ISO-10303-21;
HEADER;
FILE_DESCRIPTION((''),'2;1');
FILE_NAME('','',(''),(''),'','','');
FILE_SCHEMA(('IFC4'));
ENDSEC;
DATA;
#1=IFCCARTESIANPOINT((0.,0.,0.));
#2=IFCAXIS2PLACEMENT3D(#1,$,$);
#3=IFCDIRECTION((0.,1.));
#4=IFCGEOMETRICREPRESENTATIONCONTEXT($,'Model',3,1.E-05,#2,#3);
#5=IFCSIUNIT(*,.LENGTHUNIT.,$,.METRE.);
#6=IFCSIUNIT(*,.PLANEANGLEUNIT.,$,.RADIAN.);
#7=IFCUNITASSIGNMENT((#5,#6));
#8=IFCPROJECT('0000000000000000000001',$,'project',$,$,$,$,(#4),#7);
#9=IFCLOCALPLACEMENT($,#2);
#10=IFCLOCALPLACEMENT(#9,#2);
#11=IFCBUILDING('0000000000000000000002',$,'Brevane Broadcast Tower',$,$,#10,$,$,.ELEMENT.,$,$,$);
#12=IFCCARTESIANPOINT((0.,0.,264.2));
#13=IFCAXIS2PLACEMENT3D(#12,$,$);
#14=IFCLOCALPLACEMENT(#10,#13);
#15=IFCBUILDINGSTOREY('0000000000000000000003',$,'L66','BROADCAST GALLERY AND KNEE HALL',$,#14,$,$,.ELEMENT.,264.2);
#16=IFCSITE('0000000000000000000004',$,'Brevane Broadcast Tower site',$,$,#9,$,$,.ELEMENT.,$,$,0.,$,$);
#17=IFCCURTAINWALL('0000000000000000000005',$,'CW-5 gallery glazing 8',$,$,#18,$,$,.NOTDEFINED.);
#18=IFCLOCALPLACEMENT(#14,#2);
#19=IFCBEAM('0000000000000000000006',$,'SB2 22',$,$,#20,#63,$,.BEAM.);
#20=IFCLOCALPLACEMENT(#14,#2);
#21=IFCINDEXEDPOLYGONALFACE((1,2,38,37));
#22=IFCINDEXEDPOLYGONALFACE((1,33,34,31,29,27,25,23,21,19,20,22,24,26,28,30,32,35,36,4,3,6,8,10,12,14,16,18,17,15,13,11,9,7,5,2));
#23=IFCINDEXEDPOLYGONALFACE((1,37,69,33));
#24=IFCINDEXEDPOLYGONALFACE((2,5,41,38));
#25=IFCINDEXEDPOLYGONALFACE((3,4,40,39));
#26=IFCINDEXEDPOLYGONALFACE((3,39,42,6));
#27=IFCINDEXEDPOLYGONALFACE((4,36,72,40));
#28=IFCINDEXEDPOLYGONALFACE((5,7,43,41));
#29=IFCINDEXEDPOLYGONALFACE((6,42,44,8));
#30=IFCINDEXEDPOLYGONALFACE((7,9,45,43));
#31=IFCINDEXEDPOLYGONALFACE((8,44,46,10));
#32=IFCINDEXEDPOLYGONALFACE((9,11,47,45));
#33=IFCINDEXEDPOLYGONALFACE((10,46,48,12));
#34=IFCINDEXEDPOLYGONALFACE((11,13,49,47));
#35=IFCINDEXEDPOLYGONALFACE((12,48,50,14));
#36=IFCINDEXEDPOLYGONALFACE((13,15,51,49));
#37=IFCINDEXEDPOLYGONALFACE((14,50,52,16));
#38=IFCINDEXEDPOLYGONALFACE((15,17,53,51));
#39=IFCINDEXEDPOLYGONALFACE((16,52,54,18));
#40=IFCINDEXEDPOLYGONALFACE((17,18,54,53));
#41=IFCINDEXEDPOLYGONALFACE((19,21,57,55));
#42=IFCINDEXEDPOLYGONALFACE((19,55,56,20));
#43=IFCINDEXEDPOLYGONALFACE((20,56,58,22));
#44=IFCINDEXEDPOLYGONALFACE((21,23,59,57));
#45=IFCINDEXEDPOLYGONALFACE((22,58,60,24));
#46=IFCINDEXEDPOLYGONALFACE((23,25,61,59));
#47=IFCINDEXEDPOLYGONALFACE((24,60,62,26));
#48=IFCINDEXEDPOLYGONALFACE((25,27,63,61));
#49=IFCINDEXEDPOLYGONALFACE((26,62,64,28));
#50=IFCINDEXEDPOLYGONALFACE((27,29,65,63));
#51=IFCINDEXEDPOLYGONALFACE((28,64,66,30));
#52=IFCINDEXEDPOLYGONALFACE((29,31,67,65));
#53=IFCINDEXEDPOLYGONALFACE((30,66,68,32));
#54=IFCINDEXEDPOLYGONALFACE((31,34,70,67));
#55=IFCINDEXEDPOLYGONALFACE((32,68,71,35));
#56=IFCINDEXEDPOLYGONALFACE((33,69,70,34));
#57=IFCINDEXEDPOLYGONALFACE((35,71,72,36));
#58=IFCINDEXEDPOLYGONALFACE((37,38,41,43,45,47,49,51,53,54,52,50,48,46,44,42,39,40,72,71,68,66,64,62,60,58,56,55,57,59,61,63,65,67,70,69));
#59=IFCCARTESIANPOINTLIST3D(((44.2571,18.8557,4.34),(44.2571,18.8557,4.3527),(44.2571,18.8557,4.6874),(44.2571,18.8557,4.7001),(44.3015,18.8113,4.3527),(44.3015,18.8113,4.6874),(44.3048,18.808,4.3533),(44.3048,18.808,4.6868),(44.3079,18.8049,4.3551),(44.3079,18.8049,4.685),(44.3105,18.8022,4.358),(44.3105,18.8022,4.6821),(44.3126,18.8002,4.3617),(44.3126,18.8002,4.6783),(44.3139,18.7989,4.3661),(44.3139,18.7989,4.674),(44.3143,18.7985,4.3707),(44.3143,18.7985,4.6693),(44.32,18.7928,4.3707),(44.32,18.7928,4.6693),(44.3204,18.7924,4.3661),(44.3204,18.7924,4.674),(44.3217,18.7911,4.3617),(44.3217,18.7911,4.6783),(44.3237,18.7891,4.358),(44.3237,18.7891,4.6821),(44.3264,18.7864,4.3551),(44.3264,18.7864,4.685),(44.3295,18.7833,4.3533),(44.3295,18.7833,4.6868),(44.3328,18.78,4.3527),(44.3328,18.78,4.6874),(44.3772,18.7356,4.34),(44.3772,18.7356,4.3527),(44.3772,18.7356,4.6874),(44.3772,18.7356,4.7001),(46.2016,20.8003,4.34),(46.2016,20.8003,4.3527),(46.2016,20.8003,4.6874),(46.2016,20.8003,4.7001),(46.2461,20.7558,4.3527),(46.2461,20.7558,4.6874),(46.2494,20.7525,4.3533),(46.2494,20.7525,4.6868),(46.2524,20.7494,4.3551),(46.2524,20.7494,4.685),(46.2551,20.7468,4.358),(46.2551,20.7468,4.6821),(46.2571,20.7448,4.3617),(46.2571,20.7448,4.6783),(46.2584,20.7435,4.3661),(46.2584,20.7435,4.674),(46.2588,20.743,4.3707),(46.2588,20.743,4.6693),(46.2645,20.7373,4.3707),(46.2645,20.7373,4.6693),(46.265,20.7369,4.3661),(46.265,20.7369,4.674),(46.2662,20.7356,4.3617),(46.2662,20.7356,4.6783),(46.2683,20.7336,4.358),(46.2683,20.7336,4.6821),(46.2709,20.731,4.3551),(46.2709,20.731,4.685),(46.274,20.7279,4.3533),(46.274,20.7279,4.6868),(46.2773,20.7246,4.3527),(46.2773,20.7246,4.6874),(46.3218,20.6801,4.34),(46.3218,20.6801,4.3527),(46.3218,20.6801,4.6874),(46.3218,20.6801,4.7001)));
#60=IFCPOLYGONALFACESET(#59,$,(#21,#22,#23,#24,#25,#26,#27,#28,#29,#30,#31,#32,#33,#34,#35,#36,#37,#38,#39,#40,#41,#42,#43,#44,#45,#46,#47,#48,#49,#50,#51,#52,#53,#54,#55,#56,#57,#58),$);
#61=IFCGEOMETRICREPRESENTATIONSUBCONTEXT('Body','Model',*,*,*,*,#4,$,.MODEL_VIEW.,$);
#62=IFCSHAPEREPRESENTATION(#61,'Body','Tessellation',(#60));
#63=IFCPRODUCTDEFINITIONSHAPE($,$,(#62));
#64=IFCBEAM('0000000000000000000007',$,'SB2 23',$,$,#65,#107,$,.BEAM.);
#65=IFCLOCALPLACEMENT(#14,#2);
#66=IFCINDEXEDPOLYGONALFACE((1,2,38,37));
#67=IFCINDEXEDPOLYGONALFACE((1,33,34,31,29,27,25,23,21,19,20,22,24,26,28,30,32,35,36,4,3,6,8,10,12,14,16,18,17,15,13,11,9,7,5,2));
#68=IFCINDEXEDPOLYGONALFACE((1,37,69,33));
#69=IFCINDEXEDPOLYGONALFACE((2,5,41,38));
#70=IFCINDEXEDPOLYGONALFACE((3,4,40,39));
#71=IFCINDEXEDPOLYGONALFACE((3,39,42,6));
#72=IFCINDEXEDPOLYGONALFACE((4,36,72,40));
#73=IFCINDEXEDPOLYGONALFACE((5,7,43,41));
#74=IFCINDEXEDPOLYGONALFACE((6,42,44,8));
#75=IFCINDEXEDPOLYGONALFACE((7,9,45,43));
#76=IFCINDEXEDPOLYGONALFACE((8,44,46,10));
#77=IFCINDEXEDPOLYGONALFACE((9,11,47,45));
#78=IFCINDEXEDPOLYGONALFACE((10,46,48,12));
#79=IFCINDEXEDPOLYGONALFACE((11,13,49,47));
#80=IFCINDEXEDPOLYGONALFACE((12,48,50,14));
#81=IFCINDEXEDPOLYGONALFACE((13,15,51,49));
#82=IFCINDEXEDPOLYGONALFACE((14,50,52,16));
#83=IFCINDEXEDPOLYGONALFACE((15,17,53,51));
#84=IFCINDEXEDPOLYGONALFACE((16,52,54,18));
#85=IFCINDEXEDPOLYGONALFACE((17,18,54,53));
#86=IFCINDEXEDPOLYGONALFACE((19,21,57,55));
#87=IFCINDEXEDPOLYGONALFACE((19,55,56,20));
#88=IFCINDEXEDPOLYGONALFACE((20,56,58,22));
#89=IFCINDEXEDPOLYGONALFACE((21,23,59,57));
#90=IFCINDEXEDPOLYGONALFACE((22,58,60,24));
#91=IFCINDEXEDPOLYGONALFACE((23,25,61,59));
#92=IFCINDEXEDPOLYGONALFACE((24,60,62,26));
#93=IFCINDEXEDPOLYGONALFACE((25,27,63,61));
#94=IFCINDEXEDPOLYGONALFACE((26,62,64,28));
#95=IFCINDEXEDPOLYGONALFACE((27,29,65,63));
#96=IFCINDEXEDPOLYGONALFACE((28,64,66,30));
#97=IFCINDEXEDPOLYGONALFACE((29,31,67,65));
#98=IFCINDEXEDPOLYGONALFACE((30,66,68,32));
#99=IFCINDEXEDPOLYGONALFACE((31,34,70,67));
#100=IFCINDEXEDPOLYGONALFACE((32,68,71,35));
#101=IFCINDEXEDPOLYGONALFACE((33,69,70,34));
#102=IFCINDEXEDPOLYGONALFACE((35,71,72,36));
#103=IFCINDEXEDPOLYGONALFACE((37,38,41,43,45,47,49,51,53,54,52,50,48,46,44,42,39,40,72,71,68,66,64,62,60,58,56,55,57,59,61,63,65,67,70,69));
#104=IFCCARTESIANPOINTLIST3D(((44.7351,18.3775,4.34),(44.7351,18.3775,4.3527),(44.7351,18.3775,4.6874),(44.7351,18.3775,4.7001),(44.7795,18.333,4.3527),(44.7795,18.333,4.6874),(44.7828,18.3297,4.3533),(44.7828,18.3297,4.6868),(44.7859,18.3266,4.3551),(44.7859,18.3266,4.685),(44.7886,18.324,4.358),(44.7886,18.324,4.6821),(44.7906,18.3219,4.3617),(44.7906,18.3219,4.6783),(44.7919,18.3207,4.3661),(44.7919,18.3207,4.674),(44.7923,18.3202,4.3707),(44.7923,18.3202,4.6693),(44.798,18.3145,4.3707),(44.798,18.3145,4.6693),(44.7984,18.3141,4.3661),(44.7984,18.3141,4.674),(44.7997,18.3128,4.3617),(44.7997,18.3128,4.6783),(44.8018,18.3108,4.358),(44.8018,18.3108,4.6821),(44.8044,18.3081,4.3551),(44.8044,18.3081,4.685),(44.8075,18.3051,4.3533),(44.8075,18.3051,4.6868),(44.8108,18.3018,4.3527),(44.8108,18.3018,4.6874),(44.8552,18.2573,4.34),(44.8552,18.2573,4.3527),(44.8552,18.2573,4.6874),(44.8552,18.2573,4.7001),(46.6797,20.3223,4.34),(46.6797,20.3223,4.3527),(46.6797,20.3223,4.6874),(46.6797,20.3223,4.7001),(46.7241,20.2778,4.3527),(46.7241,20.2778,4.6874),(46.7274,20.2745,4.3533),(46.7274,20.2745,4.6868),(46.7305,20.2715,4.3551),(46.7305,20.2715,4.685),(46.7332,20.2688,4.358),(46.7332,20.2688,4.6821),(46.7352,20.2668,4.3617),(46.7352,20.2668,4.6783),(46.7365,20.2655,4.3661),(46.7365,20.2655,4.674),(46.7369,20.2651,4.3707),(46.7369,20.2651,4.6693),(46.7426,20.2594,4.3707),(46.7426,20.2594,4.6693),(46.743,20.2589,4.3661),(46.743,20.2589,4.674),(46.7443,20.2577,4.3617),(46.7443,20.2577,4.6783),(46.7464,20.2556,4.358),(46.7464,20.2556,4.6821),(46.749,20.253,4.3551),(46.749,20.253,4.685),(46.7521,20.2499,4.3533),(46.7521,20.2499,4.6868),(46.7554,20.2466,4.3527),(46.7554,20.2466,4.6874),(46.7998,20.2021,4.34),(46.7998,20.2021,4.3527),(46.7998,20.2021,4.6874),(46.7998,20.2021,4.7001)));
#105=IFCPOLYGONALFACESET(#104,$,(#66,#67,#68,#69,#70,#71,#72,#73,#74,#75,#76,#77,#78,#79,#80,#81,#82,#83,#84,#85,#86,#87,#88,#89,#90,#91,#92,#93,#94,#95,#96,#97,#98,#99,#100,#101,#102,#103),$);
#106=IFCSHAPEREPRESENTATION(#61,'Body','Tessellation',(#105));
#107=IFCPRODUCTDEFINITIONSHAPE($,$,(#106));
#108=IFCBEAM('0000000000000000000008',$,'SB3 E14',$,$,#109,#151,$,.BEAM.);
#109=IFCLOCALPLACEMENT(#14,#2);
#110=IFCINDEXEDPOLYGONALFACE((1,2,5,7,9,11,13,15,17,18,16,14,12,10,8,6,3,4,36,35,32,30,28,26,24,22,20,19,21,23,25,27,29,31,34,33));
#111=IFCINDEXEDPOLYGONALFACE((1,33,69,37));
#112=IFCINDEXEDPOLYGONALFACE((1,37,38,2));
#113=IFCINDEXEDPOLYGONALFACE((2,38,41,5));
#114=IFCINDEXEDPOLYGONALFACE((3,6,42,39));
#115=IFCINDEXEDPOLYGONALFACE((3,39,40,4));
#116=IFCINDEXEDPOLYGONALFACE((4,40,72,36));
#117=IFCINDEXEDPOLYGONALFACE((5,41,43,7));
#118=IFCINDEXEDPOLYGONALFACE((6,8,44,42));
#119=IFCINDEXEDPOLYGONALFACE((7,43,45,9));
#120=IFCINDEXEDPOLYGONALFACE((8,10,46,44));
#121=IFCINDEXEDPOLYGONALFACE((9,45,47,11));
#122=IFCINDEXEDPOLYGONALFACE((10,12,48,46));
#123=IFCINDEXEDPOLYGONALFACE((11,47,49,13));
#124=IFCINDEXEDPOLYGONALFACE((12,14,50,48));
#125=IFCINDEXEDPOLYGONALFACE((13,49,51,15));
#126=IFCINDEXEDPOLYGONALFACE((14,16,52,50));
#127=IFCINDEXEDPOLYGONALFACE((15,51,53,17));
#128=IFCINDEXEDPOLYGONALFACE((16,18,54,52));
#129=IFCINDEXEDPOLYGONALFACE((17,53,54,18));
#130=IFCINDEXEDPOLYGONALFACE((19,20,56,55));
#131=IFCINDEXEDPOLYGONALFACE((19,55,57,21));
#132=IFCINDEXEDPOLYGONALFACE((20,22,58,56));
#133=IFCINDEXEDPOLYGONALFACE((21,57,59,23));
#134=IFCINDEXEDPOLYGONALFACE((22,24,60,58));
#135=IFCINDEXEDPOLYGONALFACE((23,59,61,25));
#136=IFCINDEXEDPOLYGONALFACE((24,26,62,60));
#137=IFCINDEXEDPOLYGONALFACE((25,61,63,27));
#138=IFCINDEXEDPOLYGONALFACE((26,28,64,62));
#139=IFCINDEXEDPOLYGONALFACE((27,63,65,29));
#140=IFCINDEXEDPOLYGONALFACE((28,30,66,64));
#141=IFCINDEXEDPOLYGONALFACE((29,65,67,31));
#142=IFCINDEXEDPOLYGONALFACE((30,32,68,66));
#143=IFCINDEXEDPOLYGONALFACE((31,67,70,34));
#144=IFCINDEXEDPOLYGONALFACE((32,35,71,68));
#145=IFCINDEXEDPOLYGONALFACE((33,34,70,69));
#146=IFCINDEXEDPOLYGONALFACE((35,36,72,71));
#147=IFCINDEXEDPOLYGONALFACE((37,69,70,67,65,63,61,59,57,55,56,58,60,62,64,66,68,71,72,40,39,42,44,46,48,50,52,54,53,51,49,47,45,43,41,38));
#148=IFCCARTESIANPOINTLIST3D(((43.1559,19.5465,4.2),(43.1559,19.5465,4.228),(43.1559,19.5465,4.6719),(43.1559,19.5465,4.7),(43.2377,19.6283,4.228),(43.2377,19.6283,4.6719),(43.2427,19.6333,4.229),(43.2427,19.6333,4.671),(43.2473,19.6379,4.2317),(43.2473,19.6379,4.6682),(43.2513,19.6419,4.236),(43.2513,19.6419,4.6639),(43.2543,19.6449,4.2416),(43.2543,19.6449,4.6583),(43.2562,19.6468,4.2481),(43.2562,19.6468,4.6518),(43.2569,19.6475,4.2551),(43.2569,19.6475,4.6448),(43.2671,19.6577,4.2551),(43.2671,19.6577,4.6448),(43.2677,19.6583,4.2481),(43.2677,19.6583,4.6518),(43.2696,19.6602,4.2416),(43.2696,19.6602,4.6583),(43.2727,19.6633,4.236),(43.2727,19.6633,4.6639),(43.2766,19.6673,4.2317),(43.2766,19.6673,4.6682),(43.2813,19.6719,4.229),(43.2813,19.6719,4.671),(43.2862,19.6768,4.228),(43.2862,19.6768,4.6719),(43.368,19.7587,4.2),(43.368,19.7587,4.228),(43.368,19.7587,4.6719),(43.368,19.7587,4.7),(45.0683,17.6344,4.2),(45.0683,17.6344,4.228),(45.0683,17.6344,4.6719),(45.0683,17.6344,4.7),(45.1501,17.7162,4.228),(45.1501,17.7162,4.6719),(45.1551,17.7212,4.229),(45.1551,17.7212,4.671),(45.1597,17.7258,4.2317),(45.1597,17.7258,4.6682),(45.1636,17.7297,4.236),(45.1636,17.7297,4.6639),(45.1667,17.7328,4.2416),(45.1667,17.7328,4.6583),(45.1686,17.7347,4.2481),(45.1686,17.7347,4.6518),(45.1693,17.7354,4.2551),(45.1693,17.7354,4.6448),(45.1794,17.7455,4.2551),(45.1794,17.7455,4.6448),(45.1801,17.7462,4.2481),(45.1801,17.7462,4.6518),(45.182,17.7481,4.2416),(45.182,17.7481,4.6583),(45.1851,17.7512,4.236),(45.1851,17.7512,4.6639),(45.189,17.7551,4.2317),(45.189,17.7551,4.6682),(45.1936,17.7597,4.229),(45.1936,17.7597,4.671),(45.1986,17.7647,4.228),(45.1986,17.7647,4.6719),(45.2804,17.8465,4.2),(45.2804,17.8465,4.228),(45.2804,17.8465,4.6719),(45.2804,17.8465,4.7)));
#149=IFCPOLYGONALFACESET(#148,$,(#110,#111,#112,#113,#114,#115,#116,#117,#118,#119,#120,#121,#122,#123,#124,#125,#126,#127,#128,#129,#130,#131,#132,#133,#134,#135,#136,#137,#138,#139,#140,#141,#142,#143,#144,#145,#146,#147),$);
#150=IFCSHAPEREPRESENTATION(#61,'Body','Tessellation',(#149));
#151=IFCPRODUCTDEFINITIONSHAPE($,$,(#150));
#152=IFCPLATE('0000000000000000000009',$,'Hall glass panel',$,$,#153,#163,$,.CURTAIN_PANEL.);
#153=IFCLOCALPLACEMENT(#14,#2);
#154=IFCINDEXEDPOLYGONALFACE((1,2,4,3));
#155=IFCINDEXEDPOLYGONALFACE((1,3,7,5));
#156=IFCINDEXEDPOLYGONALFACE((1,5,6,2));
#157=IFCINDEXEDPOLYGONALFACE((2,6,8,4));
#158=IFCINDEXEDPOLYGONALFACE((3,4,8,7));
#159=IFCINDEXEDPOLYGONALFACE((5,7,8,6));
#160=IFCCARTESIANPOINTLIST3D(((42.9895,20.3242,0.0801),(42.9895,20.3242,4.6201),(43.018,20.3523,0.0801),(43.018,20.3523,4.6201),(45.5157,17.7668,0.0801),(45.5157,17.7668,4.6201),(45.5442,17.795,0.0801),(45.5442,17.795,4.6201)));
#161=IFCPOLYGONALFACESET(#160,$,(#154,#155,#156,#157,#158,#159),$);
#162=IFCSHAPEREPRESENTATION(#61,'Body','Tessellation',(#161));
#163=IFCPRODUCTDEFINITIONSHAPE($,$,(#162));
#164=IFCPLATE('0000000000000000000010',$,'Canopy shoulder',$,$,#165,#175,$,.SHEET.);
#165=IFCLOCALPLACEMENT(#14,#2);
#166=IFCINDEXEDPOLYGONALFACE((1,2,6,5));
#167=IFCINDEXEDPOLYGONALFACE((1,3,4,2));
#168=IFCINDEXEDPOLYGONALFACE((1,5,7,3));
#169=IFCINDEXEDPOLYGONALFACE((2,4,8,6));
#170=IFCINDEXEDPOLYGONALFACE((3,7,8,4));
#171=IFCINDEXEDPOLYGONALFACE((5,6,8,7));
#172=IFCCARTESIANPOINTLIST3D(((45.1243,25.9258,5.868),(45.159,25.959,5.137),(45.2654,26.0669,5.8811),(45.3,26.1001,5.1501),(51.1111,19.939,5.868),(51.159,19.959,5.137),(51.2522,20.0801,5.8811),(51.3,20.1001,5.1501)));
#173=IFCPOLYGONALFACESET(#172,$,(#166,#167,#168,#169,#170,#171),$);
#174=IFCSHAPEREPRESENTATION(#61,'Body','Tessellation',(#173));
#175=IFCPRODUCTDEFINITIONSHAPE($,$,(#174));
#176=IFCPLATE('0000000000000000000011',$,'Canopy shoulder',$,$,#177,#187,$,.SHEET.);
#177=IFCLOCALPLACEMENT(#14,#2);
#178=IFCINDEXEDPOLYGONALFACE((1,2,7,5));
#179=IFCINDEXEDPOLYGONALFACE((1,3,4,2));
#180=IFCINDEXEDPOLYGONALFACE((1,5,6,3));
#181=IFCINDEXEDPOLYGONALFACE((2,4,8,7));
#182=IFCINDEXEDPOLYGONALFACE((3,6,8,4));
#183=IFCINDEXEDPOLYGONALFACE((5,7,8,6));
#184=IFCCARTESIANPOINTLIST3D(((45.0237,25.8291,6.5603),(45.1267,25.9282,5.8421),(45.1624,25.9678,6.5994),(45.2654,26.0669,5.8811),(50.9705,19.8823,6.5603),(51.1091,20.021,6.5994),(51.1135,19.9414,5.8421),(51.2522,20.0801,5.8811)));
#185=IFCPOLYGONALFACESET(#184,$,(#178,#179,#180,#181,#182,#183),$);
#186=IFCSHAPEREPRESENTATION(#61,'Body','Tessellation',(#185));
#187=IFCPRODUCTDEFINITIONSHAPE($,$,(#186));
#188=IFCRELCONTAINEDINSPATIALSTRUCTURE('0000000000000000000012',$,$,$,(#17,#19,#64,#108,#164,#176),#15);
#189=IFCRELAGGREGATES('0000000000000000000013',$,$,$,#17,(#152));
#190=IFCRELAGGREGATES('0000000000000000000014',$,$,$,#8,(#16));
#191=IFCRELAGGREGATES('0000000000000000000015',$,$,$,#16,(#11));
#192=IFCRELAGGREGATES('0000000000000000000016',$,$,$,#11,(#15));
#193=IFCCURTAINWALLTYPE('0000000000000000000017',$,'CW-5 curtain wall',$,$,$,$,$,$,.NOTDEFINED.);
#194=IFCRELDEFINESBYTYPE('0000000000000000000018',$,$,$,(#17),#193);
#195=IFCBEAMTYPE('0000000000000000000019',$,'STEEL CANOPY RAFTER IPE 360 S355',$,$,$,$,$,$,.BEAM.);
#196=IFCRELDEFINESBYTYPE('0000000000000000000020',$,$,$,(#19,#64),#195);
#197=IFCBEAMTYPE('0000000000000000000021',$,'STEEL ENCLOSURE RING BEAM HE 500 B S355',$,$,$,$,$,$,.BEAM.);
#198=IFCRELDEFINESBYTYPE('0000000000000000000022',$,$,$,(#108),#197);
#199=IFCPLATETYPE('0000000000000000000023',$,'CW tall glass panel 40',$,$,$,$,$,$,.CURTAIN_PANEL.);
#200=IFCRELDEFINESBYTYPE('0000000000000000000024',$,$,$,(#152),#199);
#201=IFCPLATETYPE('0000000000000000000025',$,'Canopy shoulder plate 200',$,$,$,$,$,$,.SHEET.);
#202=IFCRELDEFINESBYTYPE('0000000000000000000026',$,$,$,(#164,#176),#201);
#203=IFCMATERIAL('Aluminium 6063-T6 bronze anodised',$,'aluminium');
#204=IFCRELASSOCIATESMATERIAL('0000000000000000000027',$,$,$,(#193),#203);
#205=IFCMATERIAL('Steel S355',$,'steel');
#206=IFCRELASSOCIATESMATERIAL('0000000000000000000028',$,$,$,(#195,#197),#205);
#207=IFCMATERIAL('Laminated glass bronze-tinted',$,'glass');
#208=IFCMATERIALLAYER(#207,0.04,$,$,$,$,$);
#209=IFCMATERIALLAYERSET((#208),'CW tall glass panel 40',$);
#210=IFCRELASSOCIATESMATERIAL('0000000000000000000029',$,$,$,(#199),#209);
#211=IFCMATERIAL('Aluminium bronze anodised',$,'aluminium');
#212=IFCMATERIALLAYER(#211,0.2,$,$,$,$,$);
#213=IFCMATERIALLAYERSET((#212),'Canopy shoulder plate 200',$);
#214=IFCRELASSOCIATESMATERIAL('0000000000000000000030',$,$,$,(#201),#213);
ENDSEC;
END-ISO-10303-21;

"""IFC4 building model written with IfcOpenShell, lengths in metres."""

from ifc_helpers import new_model, si_unit, direction, frame, origin, origin_2d, place, context, subcontext, project, spatial, polyline, rectangle, i_section, outline, extrude, material, layer, layer_set, material_profile, profile_set, type_object, element, aggregate, save


model = new_model("IFC4")

# Units and contexts
model_context = context("Model", 3, precision=1e-05, world=origin(), true_north=direction((0.0, 1.0)))
body_context = subcontext(model_context, "Body", "Model", "MODEL_VIEW")
ifc_project = project(units=[si_unit("LENGTHUNIT", "METRE"), si_unit("PLANEANGLEUNIT", "RADIAN")], contexts=[model_context])

# Site, building, storey
site_placement = place(None, origin())
site = spatial("IfcSite", under=ifc_project, at=site_placement, Name="Brevane Broadcast Tower site", CompositionType="ELEMENT", RefElevation=0.0)
building_placement = place(site_placement, origin())
building = spatial("IfcBuilding", under=site, at=building_placement, Name="Brevane Broadcast Tower", CompositionType="ELEMENT")
storey_placement = place(building_placement, frame((0.0, 0.0, 264.2)))
storey = spatial("IfcBuildingStorey", under=building, at=storey_placement, Name="L66", Description="BROADCAST GALLERY AND KNEE HALL", CompositionType="ELEMENT", Elevation=264.2)

# Shared definitions
ifc_material_1 = material(Name="Steel S355", Category="steel")

# Curtain wall
ifc_material_2 = material(Name="Aluminium 6063-T6 bronze anodised", Category="aluminium")
curtain_wall_type = type_object("IfcCurtainWallType", Name="CW-5 curtain wall", PredefinedType="NOTDEFINED", material=ifc_material_2)
curtain_wall_placement = place(storey_placement, origin())
curtain_wall = element("IfcCurtainWall", 1, at=curtain_wall_placement, inside=storey, type_object=curtain_wall_type, Name="CW-5 gallery glazing 8", PredefinedType="NOTDEFINED")

# Beams
ifc_material_profile_1 = material_profile(ifc_material_1, i_section(OverallWidth=0.1699, OverallDepth=0.3601, WebThickness=0.0081, FlangeThickness=0.0127, FilletRadius=0.0181, at=origin_2d()), Name="IPE 360")
ifc_profile_set_1 = profile_set([ifc_material_profile_1], Name="Steel S355")
beam_type_1 = type_object("IfcBeamType", Name="STEEL CANOPY RAFTER IPE 360 S355", PredefinedType="BEAM", material=ifc_profile_set_1)
for number, where, z_axis, x_axis, name in (
    (2, (44.3171, 18.7957, 4.52), (0.707107, 0.707107, 0.0), (-0.707107, 0.707107, 0.0), "SB2 22"),
):
    element("IfcBeam", number, at=place(storey_placement, frame(where, z_axis=z_axis, x_axis=x_axis)), inside=storey, type_object=beam_type_1, Name=name, PredefinedType="BEAM", context=body_context, shape_type="SweptSolid", body=[
        extrude(i_section(OverallWidth=0.1699, OverallDepth=0.3601, WebThickness=0.0081, FlangeThickness=0.0127, FilletRadius=0.0181, at=origin_2d()), origin(), (0.0, 0.0, 1.0), 2.75),
    ])
beam_1_placement = place(storey_placement, frame((44.7952, 18.3174, 4.52), z_axis=(0.707062, 0.707151, 0.0), x_axis=(-0.707151, 0.707062, 0.0)))
element("IfcBeam", 3, at=beam_1_placement, inside=storey, type_object=beam_type_1, Name="SB2 23", PredefinedType="BEAM", context=body_context, shape_type="SweptSolid", body=[
    extrude(i_section(OverallWidth=0.1699, OverallDepth=0.3601, WebThickness=0.0081, FlangeThickness=0.0127, FilletRadius=0.0181, at=origin_2d()), origin(), (0.0, 0.0, 1.0), 2.7502),
])
ifc_material_profile_2 = material_profile(ifc_material_1, i_section(OverallWidth=0.3, OverallDepth=0.5, WebThickness=0.0144, FlangeThickness=0.0281, FilletRadius=0.0271, at=origin_2d()), Name="HE 500 B")
ifc_profile_set_2 = profile_set([ifc_material_profile_2], Name="Steel S355")
beam_type_2 = type_object("IfcBeamType", Name="STEEL ENCLOSURE RING BEAM HE 500 B S355", PredefinedType="BEAM", material=ifc_profile_set_2)
beam_2_placement = place(storey_placement, frame((43.262, 19.6526, 4.45), z_axis=(0.707152, -0.707062, 0.0), x_axis=(0.707062, 0.707152, 0.0)))
element("IfcBeam", 4, at=beam_2_placement, inside=storey, type_object=beam_type_2, Name="SB3 E14", PredefinedType="BEAM", context=body_context, shape_type="SweptSolid", body=[
    extrude(i_section(OverallWidth=0.3, OverallDepth=0.5, WebThickness=0.0144, FlangeThickness=0.0281, FilletRadius=0.0271, at=origin_2d()), origin(), (0.0, 0.0, 1.0), 2.7043),
])

# Plate
ifc_material_3 = material(Name="Laminated glass bronze-tinted", Category="glass")
ifc_layer_1 = layer(ifc_material_3, 0.04)
ifc_layer_set_1 = layer_set([ifc_layer_1], Name="CW tall glass panel 40")
plate_type_1 = type_object("IfcPlateType", Name="CW tall glass panel 40", PredefinedType="CURTAIN_PANEL", material=ifc_layer_set_1)
plate_1_placement = place(storey_placement, frame((44.2668, 19.0596, 0.0801), z_axis=(0.0, 0.0, 1.0), x_axis=(-0.702769, 0.711418, 0.0)))
plate_1 = element("IfcPlate", 5, at=plate_1_placement, type_object=plate_type_1, Name="Hall glass panel", PredefinedType="CURTAIN_PANEL", context=body_context, shape_type="SweptSolid", body=[
    extrude(rectangle(XDim=3.5947, YDim=0.04, at=origin_2d()), origin(), (0.0, 0.0, 1.0), 4.54),
])
aggregate(curtain_wall, [plate_1])

# Plates
ifc_material_4 = material(Name="Aluminium bronze anodised", Category="aluminium")
ifc_layer_2 = layer(ifc_material_4, 0.2)
ifc_layer_set_2 = layer_set([ifc_layer_2], Name="Canopy shoulder plate 200")
plate_type_2 = type_object("IfcPlateType", Name="Canopy shoulder plate 200", PredefinedType="SHEET", material=ifc_layer_set_2)
plate_2_placement = place(storey_placement, frame((51.3, 20.1001, 5.1501), z_axis=(0.705588, 0.705588, 0.065515), x_axis=(-0.707107, 0.707107, 0.0)))
element("IfcPlate", 6, at=plate_2_placement, inside=storey, type_object=plate_type_2, Name="Canopy shoulder", PredefinedType="SHEET", context=body_context, shape_type="SweptSolid", body=[
    extrude(outline(polyline([(0.0, 0.0), (8.4853, 0.0), (8.4863, 0.7325), (0.0197, 0.7325), (0.0, 0.0)])), origin(), (0.0, 0.0, -1.0), 0.2),
])
plate_3_placement = place(storey_placement, frame((51.2522, 20.0801, 5.8811), z_axis=(0.693507, 0.693507, 0.195181), x_axis=(-0.707107, 0.707107, 0.0)))
element("IfcPlate", 7, at=plate_3_placement, inside=storey, type_object=plate_type_2, Name="Canopy shoulder", PredefinedType="SHEET", context=body_context, shape_type="SweptSolid", body=[
    extrude(outline(polyline([(0.0, 0.0), (8.4666, 0.0), (8.4694, 0.7323), (0.0594, 0.7323), (0.0, 0.0)])), origin(), (0.0, 0.0, -1.0), 0.2),
])

save(model, "model.ifc")
